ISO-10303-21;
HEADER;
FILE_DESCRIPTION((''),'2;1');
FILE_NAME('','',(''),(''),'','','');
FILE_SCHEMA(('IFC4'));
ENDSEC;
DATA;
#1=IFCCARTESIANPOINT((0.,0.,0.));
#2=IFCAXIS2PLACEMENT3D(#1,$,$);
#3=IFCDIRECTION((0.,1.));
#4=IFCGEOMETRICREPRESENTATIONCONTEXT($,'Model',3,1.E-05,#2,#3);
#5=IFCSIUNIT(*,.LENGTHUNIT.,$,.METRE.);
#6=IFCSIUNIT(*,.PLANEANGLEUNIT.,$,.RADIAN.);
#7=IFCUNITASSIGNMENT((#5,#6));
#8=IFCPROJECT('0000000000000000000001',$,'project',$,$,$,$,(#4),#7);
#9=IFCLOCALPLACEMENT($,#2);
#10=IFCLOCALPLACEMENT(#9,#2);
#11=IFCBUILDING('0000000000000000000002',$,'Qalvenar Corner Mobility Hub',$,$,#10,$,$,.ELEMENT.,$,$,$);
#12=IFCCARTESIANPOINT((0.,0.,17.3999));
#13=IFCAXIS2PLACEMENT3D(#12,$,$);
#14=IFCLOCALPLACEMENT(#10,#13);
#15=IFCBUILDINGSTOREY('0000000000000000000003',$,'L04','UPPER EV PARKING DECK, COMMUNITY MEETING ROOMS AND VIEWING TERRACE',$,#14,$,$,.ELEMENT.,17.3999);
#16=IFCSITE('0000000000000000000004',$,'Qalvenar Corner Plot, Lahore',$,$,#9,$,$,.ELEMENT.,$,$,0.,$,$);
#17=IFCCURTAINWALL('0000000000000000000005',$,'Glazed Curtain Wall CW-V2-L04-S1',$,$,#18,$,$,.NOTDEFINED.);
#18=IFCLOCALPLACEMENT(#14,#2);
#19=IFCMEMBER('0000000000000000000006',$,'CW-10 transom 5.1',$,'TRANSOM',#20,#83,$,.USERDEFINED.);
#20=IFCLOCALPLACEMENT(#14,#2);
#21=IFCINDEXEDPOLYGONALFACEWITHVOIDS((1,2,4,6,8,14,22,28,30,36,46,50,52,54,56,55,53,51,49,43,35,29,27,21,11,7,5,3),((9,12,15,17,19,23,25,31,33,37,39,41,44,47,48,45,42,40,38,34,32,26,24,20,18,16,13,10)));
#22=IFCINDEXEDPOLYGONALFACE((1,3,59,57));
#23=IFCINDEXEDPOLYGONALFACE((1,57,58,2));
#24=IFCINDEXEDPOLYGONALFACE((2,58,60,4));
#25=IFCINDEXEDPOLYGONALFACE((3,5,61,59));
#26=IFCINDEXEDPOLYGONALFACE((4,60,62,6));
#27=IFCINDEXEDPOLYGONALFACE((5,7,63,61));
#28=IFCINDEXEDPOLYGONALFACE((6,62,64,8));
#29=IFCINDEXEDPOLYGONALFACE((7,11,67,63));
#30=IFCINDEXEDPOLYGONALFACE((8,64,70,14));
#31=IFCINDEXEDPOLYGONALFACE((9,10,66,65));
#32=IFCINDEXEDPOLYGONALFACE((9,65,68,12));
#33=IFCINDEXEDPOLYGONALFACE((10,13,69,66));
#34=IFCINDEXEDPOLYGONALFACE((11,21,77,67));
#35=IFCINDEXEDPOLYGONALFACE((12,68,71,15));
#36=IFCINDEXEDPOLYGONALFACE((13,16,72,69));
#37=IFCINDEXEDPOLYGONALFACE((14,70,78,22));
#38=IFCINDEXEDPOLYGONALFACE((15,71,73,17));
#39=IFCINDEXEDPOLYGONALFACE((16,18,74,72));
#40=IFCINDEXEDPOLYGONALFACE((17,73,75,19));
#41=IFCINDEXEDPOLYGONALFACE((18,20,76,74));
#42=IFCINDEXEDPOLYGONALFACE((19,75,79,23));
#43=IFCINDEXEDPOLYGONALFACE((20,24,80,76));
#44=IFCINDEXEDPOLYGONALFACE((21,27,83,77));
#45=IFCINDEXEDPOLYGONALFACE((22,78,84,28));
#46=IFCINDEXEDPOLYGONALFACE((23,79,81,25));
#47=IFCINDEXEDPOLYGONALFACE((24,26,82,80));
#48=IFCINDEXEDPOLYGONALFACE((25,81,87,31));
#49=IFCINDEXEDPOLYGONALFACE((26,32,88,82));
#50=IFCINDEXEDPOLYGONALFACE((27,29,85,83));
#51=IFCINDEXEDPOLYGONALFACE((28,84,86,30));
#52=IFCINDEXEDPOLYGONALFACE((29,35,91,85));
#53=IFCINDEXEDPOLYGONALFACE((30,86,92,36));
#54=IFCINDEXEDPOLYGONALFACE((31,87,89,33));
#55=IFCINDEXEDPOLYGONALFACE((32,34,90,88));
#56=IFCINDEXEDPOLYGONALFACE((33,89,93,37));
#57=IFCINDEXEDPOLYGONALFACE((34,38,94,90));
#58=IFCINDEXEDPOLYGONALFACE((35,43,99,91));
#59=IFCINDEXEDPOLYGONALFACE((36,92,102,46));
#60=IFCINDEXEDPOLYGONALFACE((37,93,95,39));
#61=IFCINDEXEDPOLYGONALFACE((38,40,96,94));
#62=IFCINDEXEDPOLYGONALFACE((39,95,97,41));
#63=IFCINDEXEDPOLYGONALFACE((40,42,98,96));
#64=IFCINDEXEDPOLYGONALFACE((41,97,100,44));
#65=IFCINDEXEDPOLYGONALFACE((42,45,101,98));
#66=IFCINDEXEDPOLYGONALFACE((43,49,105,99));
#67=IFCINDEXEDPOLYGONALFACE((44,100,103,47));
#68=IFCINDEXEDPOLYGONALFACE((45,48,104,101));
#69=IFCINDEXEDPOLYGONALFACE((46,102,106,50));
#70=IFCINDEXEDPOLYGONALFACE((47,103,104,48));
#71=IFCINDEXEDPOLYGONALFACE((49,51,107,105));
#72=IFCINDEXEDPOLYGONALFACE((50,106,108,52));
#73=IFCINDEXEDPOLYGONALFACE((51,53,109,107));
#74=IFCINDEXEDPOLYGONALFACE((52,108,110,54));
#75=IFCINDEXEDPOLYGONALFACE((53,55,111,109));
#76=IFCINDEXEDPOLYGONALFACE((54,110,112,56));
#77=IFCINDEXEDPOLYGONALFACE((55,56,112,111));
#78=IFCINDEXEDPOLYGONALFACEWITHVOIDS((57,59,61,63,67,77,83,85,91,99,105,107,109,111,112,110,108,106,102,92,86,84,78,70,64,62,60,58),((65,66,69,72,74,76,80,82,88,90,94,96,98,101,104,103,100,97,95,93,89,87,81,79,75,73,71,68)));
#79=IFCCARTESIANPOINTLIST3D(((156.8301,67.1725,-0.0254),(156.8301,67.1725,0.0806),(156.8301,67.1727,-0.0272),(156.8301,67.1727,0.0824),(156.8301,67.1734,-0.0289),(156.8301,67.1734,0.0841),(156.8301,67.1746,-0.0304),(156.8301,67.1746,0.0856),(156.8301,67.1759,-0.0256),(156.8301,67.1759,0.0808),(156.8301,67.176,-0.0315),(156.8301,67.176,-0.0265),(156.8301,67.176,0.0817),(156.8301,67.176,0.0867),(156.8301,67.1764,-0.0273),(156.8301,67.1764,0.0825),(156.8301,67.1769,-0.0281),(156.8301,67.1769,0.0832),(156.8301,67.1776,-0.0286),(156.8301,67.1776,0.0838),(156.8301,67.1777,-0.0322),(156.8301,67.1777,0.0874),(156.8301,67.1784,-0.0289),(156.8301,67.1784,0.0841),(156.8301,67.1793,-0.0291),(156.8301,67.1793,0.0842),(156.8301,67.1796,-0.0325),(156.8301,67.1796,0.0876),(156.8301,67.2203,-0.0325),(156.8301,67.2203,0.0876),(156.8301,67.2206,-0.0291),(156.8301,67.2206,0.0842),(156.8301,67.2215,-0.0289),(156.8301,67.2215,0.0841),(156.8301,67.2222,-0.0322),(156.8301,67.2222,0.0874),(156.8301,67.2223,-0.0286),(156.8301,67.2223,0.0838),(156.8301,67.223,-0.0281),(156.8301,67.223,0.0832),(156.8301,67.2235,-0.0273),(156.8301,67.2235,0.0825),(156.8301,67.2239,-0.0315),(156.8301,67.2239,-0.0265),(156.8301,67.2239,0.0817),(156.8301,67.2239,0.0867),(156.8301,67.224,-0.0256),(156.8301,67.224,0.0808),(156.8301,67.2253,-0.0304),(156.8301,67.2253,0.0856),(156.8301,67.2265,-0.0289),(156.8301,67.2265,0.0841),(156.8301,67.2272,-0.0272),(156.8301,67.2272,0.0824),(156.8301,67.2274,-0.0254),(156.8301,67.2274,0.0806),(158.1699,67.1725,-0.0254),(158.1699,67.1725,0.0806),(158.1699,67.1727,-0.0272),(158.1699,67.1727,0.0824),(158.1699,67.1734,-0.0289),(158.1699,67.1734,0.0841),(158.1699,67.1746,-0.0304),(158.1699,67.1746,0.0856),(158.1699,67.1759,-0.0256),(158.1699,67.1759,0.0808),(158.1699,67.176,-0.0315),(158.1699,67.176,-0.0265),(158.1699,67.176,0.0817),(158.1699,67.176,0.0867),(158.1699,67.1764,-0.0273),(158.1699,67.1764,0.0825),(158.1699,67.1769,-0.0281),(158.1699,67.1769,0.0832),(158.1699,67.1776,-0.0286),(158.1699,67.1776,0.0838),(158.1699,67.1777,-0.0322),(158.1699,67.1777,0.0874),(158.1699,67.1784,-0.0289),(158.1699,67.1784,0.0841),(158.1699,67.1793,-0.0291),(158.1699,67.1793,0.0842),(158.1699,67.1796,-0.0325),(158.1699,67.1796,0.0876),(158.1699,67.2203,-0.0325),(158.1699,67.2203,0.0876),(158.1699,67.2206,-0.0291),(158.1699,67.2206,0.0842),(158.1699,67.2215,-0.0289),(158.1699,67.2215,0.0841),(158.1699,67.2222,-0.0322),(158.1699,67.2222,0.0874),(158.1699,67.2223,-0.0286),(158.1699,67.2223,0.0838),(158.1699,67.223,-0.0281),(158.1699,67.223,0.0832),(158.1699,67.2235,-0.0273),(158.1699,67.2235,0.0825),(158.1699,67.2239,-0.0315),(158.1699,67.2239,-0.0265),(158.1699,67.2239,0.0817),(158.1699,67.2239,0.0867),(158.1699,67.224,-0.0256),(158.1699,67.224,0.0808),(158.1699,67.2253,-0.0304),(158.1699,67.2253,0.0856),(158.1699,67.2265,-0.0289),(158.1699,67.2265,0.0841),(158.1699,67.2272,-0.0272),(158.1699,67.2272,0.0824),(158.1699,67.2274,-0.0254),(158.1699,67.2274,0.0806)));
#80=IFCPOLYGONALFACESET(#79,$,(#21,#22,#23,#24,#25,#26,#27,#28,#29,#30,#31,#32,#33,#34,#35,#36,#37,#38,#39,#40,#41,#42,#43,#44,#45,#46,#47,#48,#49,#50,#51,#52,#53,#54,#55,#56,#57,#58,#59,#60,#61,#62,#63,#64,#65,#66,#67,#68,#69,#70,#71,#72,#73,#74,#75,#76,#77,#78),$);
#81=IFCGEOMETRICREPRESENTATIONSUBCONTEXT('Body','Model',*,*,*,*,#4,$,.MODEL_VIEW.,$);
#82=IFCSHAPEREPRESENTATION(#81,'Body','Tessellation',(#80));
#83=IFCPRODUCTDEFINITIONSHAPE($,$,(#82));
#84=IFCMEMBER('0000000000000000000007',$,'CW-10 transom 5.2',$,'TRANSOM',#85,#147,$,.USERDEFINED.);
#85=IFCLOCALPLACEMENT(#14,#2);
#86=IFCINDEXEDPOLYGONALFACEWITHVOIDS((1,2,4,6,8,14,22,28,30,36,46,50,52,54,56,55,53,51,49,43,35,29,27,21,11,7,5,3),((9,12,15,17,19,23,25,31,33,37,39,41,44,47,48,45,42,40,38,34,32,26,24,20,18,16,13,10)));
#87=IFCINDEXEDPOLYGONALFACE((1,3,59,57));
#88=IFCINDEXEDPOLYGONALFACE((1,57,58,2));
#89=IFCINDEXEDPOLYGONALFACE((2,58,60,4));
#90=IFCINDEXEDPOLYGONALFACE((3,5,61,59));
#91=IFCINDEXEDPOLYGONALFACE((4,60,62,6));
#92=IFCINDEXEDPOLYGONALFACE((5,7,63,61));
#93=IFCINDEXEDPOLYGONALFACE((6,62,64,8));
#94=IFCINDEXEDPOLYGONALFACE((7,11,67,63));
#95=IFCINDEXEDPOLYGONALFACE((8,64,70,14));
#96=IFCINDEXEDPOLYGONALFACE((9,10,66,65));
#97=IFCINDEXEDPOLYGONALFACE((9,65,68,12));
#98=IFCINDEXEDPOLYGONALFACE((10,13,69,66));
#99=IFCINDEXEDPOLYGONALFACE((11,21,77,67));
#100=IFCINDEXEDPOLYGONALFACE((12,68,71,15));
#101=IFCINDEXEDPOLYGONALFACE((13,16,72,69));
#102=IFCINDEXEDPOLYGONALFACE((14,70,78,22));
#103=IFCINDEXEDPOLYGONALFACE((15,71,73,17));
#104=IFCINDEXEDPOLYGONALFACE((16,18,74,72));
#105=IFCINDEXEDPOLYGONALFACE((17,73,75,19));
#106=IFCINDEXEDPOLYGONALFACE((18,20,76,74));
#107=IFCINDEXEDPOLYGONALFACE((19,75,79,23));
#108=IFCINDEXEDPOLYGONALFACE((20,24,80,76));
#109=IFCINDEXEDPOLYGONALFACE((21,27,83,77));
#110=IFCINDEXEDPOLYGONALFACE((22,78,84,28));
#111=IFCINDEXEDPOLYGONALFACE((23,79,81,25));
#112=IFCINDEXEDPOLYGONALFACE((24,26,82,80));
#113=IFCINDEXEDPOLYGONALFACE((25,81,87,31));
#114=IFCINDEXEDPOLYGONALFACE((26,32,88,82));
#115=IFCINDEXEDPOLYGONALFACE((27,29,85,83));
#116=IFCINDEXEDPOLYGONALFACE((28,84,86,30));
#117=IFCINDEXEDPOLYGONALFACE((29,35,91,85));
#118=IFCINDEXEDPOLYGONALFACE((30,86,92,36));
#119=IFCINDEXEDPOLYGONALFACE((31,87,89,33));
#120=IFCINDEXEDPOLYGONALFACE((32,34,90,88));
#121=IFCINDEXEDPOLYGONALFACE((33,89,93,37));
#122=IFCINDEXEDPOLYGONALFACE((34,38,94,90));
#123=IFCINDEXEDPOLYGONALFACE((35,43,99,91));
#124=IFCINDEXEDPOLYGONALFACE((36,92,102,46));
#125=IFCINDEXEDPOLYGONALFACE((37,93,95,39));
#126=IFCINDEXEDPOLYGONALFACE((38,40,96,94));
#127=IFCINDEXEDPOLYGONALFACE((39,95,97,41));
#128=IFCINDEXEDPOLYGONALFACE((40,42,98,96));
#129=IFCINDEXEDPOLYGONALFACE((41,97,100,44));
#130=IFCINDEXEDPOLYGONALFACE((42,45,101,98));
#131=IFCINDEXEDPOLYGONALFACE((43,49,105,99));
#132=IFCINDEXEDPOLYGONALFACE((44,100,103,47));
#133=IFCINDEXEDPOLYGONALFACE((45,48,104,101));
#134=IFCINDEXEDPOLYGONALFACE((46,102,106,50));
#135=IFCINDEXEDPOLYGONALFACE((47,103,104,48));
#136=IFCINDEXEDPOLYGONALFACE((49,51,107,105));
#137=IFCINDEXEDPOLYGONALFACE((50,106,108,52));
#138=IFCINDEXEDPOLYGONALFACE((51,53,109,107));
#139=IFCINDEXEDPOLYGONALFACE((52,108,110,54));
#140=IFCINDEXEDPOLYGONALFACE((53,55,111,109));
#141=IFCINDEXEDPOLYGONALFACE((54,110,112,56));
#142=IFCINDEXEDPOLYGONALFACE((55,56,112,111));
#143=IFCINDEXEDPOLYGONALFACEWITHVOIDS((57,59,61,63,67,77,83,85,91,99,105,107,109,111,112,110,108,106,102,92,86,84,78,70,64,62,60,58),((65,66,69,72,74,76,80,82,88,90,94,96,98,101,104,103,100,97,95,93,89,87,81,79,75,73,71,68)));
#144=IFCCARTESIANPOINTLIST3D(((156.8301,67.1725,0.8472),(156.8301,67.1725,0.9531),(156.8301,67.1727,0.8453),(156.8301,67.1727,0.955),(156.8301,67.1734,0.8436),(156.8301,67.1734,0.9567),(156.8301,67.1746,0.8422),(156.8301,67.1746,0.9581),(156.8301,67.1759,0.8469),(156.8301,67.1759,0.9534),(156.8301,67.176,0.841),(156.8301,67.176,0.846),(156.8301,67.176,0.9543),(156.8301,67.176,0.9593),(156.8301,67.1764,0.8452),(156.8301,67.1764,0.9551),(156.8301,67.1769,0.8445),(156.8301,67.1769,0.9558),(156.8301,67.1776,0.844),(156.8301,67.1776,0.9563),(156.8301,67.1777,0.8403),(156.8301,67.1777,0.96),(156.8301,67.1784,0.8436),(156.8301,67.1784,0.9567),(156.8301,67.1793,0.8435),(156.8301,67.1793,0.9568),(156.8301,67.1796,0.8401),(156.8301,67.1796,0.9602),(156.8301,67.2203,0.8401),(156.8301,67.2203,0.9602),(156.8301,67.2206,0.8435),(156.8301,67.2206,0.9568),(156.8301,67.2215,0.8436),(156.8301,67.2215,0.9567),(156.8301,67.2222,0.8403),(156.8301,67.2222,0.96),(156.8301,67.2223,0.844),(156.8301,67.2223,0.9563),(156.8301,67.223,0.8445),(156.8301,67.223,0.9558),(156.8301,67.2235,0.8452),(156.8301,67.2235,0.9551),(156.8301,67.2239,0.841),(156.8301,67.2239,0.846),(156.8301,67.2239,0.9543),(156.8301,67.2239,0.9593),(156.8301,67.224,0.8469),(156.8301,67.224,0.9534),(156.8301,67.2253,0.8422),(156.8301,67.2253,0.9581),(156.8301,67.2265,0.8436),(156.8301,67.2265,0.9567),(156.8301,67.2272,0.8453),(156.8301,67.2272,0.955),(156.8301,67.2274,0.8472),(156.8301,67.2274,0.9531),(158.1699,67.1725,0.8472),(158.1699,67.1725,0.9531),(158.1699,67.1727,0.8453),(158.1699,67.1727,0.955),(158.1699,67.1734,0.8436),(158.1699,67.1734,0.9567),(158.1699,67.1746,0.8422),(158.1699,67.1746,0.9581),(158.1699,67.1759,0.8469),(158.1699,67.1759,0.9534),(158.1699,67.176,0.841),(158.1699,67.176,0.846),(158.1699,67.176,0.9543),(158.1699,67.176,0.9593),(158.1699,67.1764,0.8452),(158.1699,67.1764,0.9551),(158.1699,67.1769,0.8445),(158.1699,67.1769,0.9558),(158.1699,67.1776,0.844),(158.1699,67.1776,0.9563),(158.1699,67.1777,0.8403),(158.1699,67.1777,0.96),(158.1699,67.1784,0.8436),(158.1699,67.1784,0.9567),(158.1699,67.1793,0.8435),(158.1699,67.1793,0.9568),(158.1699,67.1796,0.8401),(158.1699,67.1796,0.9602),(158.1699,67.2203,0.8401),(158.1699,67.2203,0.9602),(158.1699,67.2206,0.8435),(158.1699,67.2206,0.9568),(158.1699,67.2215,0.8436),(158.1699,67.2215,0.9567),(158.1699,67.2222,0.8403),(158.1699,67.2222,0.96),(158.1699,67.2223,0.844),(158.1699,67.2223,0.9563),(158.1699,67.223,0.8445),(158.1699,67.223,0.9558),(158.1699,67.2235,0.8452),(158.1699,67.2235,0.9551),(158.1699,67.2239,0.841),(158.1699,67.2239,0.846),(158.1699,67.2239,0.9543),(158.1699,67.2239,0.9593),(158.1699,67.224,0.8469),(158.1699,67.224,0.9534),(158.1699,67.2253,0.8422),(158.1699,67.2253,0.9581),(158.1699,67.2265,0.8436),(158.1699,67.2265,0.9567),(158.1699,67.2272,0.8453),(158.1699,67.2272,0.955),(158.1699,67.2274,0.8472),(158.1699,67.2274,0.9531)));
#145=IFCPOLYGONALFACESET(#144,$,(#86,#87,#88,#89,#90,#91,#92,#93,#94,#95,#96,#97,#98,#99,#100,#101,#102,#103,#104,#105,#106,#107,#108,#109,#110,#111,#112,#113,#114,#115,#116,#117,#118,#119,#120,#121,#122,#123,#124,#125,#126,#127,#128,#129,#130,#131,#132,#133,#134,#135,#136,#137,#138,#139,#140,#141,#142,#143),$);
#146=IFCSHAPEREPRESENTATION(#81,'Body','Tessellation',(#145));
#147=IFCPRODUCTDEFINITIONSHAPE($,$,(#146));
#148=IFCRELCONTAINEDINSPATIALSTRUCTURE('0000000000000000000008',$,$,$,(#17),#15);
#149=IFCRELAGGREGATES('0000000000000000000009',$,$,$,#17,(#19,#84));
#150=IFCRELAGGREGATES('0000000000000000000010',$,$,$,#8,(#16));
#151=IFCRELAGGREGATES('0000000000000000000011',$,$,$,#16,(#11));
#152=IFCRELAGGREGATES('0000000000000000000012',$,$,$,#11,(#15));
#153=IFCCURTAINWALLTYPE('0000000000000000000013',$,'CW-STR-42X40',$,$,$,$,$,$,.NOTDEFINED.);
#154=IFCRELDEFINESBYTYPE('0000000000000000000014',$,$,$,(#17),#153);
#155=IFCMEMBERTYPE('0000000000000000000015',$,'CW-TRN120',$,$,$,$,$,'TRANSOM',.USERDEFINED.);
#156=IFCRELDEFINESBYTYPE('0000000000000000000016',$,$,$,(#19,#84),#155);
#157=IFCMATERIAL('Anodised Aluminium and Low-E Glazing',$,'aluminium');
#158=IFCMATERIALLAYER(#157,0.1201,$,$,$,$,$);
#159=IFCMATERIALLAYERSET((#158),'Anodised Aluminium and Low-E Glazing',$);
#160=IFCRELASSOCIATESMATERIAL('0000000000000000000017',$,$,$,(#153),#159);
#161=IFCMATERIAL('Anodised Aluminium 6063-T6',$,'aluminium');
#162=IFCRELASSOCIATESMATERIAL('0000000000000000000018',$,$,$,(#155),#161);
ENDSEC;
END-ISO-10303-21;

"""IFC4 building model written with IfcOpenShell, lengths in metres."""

from ifc_helpers import new_model, si_unit, direction, frame, origin, origin_2d, place, context, subcontext, project, spatial, hollow_rectangle, extrude, material, layer, layer_set, material_profile, profile_set, type_object, element, aggregate, save


model = new_model("IFC4")

# Units and contexts
model_context = context("Model", 3, precision=1e-05, world=origin(), true_north=direction((0.0, 1.0)))
body_context = subcontext(model_context, "Body", "Model", "MODEL_VIEW")
ifc_project = project(units=[si_unit("LENGTHUNIT", "METRE"), si_unit("PLANEANGLEUNIT", "RADIAN")], contexts=[model_context])

# Site, building, storey
site_placement = place(None, origin())
site = spatial("IfcSite", under=ifc_project, at=site_placement, Name="Qalvenar Corner Plot, Lahore", CompositionType="ELEMENT", RefElevation=0.0)
building_placement = place(site_placement, origin())
building = spatial("IfcBuilding", under=site, at=building_placement, Name="Qalvenar Corner Mobility Hub", CompositionType="ELEMENT")
storey_placement = place(building_placement, frame((0.0, 0.0, 17.3999)))
storey = spatial("IfcBuildingStorey", under=building, at=storey_placement, Name="L04", Description="UPPER EV PARKING DECK, COMMUNITY MEETING ROOMS AND VIEWING TERRACE", CompositionType="ELEMENT", Elevation=17.3999)

# Curtain wall, members
ifc_material_1 = material(Name="Anodised Aluminium and Low-E Glazing", Category="aluminium")
ifc_layer_1 = layer(ifc_material_1, 0.1201)
ifc_layer_set_1 = layer_set([ifc_layer_1], Name="Anodised Aluminium and Low-E Glazing")
curtain_wall_type = type_object("IfcCurtainWallType", Name="CW-STR-42X40", PredefinedType="NOTDEFINED", material=ifc_layer_set_1)
curtain_wall_placement = place(storey_placement, origin())
curtain_wall = element("IfcCurtainWall", 1, at=curtain_wall_placement, inside=storey, type_object=curtain_wall_type, Name="Glazed Curtain Wall CW-V2-L04-S1", PredefinedType="NOTDEFINED")
ifc_material_2 = material(Name="Anodised Aluminium 6063-T6", Category="aluminium")
ifc_material_profile_1 = material_profile(ifc_material_2, hollow_rectangle(XDim=0.0549, YDim=0.1201, WallThickness=0.0034, InnerFilletRadius=0.0034, OuterFilletRadius=0.0071, at=origin_2d()), Name="RHS120x55x3.5")
ifc_profile_set_1 = profile_set([ifc_material_profile_1], Name="Anodised Aluminium 6063-T6")
member_type_1 = type_object("IfcMemberType", Name="CW-TRN120", ElementType="TRANSOM", PredefinedType="USERDEFINED", material=ifc_profile_set_1)
member_1_placement = place(storey_placement, frame((156.8301, 67.2, 0.0276), z_axis=(1.0, 0.0, 0.0), x_axis=(0.0, 1.0, 0.0)))
member_1 = element("IfcMember", 2, at=member_1_placement, type_object=member_type_1, Name="CW-10 transom 5.1", ObjectType="TRANSOM", PredefinedType="USERDEFINED", context=body_context, shape_type="SweptSolid", body=[
    extrude(hollow_rectangle(XDim=0.0549, YDim=0.1201, WallThickness=0.0034, InnerFilletRadius=0.0034, OuterFilletRadius=0.0071, at=origin_2d()), origin(), (0.0, 0.0, 1.0), 1.3398),
])
member_2_placement = place(storey_placement, frame((156.8301, 67.2, 0.9001), z_axis=(1.0, 0.0, 0.0), x_axis=(0.0, 1.0, 0.0)))
member_2 = element("IfcMember", 3, at=member_2_placement, type_object=member_type_1, Name="CW-10 transom 5.2", ObjectType="TRANSOM", PredefinedType="USERDEFINED", context=body_context, shape_type="SweptSolid", body=[
    extrude(hollow_rectangle(XDim=0.0549, YDim=0.1201, WallThickness=0.0034, InnerFilletRadius=0.0034, OuterFilletRadius=0.0071, at=origin_2d()), origin(), (0.0, 0.0, 1.0), 1.3398),
])

aggregate(curtain_wall, [member_1, member_2])

save(model, "model.ifc")
